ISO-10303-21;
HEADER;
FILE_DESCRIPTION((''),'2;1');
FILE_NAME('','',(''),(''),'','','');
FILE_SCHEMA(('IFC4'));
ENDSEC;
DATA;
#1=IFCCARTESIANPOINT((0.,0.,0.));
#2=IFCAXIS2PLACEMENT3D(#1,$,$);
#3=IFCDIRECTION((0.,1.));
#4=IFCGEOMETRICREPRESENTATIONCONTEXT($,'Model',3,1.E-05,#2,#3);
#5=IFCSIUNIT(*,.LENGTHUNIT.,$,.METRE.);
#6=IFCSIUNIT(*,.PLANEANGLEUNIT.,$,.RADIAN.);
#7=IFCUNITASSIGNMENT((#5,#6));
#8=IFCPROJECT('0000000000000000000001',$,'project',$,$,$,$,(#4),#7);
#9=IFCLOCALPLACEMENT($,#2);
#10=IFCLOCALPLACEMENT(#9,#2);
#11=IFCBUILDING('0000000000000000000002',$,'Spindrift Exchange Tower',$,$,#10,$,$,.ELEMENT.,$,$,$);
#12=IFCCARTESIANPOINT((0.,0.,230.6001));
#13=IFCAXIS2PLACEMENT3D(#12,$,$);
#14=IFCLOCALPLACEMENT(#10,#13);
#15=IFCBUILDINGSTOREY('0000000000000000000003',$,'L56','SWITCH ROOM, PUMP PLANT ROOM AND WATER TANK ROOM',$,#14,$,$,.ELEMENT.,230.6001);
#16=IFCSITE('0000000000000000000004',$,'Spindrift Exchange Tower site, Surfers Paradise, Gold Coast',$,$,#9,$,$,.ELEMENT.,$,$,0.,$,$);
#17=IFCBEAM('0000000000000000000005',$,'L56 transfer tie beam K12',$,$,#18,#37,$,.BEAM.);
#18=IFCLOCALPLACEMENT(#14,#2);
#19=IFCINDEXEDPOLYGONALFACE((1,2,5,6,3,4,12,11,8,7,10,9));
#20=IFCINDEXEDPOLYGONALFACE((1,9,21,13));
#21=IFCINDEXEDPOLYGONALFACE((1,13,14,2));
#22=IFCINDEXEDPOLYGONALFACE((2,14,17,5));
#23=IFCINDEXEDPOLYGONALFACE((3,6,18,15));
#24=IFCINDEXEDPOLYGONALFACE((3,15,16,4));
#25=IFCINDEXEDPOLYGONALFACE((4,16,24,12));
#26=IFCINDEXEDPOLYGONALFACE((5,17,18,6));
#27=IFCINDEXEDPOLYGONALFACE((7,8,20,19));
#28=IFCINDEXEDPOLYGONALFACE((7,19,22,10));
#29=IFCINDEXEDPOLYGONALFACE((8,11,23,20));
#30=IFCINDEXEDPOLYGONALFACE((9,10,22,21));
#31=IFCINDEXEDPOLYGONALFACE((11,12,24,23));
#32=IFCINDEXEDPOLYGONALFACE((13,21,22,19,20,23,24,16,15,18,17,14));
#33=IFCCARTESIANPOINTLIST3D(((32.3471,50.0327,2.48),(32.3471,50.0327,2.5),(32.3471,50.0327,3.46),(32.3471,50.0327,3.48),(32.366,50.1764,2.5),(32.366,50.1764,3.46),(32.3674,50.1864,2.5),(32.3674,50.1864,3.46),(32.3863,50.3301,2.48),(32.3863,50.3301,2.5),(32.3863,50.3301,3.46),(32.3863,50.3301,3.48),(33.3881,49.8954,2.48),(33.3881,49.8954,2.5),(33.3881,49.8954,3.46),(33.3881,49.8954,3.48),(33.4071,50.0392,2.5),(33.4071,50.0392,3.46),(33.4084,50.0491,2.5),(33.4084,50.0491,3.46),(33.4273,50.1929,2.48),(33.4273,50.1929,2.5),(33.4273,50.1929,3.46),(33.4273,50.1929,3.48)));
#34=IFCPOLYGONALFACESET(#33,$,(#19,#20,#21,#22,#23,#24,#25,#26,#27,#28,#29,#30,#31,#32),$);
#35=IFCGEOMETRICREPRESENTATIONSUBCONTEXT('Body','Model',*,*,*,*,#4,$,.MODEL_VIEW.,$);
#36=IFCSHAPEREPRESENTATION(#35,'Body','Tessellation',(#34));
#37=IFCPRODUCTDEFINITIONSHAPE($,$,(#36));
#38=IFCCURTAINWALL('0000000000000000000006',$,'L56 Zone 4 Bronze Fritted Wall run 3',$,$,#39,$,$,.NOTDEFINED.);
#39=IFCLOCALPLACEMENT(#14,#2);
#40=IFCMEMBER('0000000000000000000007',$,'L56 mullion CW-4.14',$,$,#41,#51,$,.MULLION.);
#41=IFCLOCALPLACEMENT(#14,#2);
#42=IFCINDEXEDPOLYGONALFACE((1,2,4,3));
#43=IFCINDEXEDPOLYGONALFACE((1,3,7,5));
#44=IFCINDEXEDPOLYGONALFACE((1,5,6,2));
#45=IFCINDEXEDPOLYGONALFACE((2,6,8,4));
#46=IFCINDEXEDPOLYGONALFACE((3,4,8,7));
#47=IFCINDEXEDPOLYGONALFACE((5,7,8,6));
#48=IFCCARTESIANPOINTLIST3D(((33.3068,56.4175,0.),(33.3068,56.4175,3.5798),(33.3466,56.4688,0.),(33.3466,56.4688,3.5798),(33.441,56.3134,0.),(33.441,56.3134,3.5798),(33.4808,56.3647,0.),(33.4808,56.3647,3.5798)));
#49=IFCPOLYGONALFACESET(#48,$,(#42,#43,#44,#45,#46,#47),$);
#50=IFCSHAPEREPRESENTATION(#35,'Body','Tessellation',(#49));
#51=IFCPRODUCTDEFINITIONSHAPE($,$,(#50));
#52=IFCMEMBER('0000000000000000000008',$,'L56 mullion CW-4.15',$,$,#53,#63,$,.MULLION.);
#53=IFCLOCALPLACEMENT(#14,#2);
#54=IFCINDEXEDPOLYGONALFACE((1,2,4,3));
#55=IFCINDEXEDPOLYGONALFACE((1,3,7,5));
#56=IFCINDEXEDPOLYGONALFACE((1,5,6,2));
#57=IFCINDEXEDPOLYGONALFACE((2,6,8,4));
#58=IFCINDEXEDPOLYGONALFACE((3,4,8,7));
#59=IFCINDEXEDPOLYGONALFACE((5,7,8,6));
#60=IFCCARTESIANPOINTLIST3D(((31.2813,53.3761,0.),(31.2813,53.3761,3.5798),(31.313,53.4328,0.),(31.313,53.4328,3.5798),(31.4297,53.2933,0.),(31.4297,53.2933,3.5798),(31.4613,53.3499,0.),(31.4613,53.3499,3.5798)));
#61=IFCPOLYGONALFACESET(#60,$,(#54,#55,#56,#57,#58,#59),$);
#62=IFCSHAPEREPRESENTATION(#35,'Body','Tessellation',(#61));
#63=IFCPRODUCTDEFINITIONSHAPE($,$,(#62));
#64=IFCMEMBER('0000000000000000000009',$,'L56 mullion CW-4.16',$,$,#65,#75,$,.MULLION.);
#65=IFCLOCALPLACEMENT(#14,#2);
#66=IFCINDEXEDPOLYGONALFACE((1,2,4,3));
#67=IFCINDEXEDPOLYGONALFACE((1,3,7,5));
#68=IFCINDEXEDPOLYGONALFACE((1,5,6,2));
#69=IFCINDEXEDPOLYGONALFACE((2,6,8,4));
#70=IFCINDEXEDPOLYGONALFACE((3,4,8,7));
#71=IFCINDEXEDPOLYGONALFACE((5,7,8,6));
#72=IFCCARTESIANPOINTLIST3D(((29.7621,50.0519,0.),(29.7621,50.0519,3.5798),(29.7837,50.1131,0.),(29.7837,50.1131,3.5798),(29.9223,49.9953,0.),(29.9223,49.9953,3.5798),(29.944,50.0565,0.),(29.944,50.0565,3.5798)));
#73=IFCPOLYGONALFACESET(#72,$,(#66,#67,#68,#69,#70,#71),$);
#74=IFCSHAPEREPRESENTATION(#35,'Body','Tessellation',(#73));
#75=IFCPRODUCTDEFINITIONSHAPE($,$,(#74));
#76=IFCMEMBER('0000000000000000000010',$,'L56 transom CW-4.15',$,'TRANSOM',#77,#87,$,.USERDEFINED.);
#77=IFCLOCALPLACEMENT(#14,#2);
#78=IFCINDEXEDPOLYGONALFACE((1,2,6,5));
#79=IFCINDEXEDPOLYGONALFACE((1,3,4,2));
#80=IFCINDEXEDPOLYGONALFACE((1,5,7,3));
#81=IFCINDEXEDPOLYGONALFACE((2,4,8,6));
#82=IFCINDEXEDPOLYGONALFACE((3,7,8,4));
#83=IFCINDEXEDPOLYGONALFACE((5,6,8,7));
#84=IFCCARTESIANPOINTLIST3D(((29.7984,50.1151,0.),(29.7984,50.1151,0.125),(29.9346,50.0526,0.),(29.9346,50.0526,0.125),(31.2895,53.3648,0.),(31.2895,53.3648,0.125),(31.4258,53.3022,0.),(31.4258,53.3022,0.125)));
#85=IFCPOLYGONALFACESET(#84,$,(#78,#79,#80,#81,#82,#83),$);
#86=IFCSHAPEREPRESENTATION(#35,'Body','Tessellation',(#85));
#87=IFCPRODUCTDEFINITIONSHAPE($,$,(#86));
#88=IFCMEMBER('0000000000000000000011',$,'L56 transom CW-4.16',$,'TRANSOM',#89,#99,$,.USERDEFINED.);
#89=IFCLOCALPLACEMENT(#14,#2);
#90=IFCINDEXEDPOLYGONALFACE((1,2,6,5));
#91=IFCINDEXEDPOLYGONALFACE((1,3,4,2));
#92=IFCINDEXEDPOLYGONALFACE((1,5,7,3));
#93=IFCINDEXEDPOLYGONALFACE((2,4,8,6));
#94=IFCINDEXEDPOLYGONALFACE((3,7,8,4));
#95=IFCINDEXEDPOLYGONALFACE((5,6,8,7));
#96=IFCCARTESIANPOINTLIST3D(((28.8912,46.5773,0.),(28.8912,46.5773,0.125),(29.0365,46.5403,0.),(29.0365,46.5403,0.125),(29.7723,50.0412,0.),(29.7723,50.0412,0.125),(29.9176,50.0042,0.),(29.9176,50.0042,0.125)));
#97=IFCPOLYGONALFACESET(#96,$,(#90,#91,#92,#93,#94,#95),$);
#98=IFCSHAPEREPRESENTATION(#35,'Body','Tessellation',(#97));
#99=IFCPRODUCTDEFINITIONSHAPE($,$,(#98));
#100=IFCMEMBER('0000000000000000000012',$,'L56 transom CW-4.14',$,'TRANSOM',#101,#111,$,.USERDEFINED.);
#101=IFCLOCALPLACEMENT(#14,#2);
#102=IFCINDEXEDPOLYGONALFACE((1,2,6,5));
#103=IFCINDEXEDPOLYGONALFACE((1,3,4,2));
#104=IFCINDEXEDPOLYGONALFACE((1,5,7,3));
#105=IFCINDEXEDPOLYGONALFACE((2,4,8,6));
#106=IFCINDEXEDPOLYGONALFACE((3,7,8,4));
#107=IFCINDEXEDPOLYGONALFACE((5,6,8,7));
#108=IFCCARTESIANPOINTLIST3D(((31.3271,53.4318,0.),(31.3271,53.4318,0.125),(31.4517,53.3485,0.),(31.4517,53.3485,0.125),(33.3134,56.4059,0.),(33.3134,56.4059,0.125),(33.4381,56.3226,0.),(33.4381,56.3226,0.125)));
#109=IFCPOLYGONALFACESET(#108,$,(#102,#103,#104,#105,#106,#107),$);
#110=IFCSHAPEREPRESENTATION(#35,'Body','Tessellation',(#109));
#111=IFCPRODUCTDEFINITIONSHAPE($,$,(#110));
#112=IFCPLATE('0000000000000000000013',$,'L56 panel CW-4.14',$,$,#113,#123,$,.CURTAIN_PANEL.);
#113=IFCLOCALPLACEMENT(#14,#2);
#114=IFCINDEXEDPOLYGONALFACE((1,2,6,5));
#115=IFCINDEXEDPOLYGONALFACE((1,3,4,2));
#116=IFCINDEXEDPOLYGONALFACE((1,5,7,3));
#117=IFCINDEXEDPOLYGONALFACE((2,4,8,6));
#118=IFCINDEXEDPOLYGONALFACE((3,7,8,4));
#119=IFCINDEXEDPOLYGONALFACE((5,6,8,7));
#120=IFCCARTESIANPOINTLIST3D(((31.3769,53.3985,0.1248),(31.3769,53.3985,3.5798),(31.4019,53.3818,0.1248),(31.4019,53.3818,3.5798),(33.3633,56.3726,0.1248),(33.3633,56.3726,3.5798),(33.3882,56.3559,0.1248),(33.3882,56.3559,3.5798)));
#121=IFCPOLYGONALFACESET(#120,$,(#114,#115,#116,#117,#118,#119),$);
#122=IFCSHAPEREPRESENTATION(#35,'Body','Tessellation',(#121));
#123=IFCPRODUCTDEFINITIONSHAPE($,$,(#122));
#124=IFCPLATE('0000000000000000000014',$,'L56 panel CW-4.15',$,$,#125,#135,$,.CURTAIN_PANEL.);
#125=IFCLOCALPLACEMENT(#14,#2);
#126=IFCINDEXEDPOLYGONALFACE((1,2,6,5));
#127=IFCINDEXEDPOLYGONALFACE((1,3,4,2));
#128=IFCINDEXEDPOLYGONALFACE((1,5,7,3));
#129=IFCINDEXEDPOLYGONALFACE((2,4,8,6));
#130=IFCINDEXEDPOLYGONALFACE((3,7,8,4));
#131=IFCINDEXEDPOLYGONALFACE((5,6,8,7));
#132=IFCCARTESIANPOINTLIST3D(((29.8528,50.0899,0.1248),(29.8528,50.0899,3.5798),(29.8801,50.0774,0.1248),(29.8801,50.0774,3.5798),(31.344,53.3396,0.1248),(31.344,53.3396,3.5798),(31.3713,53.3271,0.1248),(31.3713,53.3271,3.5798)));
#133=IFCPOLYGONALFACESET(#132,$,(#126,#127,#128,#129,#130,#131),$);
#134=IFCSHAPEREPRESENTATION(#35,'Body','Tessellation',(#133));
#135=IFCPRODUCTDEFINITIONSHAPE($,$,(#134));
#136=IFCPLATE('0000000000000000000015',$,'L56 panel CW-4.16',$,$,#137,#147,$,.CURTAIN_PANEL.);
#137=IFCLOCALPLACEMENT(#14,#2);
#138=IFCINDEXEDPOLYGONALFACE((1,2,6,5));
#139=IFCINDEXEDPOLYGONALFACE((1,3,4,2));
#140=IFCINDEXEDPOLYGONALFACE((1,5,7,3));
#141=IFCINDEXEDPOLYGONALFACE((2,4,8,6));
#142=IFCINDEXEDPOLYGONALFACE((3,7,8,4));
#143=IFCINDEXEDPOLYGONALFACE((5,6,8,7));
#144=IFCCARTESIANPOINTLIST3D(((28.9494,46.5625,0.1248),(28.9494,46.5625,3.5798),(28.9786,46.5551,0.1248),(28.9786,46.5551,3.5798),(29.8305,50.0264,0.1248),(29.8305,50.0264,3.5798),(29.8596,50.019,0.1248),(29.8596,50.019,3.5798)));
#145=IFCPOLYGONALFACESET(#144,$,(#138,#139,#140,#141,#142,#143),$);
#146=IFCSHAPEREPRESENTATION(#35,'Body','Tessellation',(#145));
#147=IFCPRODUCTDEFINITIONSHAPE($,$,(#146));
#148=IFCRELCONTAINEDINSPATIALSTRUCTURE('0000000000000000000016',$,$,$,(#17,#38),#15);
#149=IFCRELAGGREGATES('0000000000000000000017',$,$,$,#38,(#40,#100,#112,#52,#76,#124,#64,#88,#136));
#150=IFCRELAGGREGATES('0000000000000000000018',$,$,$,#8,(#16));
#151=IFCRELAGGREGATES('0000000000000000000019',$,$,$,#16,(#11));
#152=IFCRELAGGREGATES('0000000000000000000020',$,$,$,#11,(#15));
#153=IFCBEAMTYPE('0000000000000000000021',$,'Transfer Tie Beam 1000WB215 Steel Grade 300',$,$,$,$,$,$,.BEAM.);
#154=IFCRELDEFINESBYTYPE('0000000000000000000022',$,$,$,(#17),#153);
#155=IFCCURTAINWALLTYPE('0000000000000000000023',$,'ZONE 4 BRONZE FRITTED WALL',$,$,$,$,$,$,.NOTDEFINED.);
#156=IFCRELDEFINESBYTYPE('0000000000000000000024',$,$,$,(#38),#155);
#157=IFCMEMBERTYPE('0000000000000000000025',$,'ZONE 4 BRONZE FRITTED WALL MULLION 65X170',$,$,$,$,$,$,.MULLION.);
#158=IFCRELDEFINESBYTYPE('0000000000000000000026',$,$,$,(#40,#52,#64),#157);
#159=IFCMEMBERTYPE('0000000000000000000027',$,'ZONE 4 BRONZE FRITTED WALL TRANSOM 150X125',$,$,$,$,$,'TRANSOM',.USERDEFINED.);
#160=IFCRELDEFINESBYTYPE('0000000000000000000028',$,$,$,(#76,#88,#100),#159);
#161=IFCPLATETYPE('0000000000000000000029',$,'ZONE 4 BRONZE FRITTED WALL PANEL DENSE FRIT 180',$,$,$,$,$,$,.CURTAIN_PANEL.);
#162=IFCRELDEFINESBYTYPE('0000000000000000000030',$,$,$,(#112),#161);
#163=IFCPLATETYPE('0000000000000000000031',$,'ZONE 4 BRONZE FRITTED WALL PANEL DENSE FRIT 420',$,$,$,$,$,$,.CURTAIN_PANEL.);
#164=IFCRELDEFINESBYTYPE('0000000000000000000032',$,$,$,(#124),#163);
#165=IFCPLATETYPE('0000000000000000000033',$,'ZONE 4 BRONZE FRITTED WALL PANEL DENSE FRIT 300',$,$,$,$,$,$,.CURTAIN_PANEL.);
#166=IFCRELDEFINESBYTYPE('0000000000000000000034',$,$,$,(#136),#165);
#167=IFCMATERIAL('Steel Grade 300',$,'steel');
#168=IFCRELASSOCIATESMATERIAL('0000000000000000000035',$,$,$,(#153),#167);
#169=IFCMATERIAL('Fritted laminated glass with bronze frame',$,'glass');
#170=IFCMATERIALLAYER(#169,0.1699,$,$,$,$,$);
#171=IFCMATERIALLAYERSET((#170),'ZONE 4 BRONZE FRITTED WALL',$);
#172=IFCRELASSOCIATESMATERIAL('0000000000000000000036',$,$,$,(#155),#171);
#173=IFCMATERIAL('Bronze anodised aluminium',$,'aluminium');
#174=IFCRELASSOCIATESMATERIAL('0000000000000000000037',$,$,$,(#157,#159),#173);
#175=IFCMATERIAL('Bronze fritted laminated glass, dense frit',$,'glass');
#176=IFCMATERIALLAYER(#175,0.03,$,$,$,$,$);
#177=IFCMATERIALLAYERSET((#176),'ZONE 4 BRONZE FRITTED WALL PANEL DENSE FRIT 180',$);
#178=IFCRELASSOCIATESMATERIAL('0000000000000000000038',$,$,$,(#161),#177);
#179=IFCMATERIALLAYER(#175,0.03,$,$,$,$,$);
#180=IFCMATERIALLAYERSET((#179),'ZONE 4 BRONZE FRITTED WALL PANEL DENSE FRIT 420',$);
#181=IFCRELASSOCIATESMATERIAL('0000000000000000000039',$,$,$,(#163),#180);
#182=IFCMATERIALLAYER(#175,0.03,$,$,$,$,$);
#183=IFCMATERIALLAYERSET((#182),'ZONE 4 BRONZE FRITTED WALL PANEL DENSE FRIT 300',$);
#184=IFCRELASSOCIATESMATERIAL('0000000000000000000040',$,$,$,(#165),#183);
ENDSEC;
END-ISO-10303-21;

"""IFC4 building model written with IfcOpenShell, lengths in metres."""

from ifc_helpers import new_model, si_unit, direction, frame, origin, origin_2d, place, context, subcontext, project, spatial, rectangle, i_section, extrude, source, transform, mapped, material, layer, layer_set, material_profile, profile_set, type_object, element, aggregate, save


model = new_model("IFC4")

# Units and contexts
model_context = context("Model", 3, precision=1e-05, world=origin(), true_north=direction((0.0, 1.0)))
body_context = subcontext(model_context, "Body", "Model", "MODEL_VIEW")
ifc_project = project(units=[si_unit("LENGTHUNIT", "METRE"), si_unit("PLANEANGLEUNIT", "RADIAN")], contexts=[model_context])

# Site, building, storey
site_placement = place(None, origin())
site = spatial("IfcSite", under=ifc_project, at=site_placement, Name="Spindrift Exchange Tower site, Surfers Paradise, Gold Coast", CompositionType="ELEMENT", RefElevation=0.0)
building_placement = place(site_placement, origin())
building = spatial("IfcBuilding", under=site, at=building_placement, Name="Spindrift Exchange Tower", CompositionType="ELEMENT")
storey_placement = place(building_placement, frame((0.0, 0.0, 230.6001)))
storey = spatial("IfcBuildingStorey", under=building, at=storey_placement, Name="L56", Description="SWITCH ROOM, PUMP PLANT ROOM AND WATER TANK ROOM", CompositionType="ELEMENT", Elevation=230.6001)

# Shared definitions
ifc_material_1 = material(Name="Steel Grade 300", Category="steel")

# Beam
ifc_material_profile_1 = material_profile(ifc_material_1, i_section(OverallWidth=0.3, OverallDepth=1.0, WebThickness=0.01, FlangeThickness=0.02, at=origin_2d()), Name="1000WB215")
ifc_profile_set_1 = profile_set([ifc_material_profile_1], Name="Steel Grade 300")
beam_type_1 = type_object("IfcBeamType", Name="Transfer Tie Beam 1000WB215 Steel Grade 300", PredefinedType="BEAM", material=ifc_profile_set_1)
shared_shape_1 = source(origin(), body_context, "Body", "SweptSolid", [
    extrude(i_section(OverallWidth=0.3, OverallDepth=1.0, WebThickness=0.01, FlangeThickness=0.02, at=origin_2d()), origin(), (0.0, 0.0, 1.0), 1.05),
])
beam_1_placement = place(storey_placement, frame((32.3667, 50.1814, 2.98), z_axis=(0.991426, -0.130671, 0.0), x_axis=(0.130671, 0.991426, 0.0)))
element("IfcBeam", 1, at=beam_1_placement, inside=storey, type_object=beam_type_1, Name="L56 transfer tie beam K12", PredefinedType="BEAM", context=body_context, shape_type="MappedRepresentation", body=[
    mapped(shared_shape_1, transform((0.0, 0.0, 0.0), scale=1.0)),
])

# Curtain wall, members, plates
ifc_material_2 = material(Name="Fritted laminated glass with bronze frame", Category="glass")
ifc_layer_1 = layer(ifc_material_2, 0.1699)
ifc_layer_set_1 = layer_set([ifc_layer_1], Name="ZONE 4 BRONZE FRITTED WALL")
curtain_wall_type = type_object("IfcCurtainWallType", Name="ZONE 4 BRONZE FRITTED WALL", PredefinedType="NOTDEFINED", material=ifc_layer_set_1)
curtain_wall_placement = place(storey_placement, origin())
curtain_wall = element("IfcCurtainWall", 2, at=curtain_wall_placement, inside=storey, type_object=curtain_wall_type, Name="L56 Zone 4 Bronze Fritted Wall run 3", PredefinedType="NOTDEFINED")
ifc_material_3 = material(Name="Bronze anodised aluminium", Category="aluminium")
ifc_material_profile_2 = material_profile(ifc_material_3, rectangle(XDim=0.0649, YDim=0.1699, at=origin_2d()), Name="ZONE 4 BRONZE FRITTED WALL MULLION 65X170")
ifc_profile_set_2 = profile_set([ifc_material_profile_2], Name="Bronze anodised aluminium")
member_type_1 = type_object("IfcMemberType", Name="ZONE 4 BRONZE FRITTED WALL MULLION 65X170", PredefinedType="MULLION", material=ifc_profile_set_2)
shared_shape_2 = source(origin(), body_context, "Body", "SweptSolid", [
    extrude(rectangle(XDim=0.0649, YDim=0.1699, at=origin_2d()), origin(), (0.0, 0.0, 1.0), 3.5798),
])
member_1_placement = place(storey_placement, frame((33.3938, 56.3911, 0.0), z_axis=(0.0, 0.0, 1.0), x_axis=(-0.612785, -0.79025, 0.0)))
member_1 = element("IfcMember", 3, at=member_1_placement, type_object=member_type_1, Name="L56 mullion CW-4.14", PredefinedType="MULLION", context=body_context, shape_type="MappedRepresentation", body=[
    mapped(shared_shape_2, transform((0.0, 0.0, 0.0), scale=1.0)),
])
member_2_placement = place(storey_placement, frame((31.3713, 53.363, 0.0), z_axis=(0.0, 0.0, 1.0), x_axis=(-0.487763, -0.872976, 0.0)))
member_2 = element("IfcMember", 4, at=member_2_placement, type_object=member_type_1, Name="L56 mullion CW-4.15", PredefinedType="MULLION", context=body_context, shape_type="MappedRepresentation", body=[
    mapped(shared_shape_2, transform((0.0, 0.0, 0.0), scale=1.0)),
])
member_3_placement = place(storey_placement, frame((29.853, 50.0542, 0.0), z_axis=(0.0, 0.0, 1.0), x_axis=(-0.333148, -0.942875, 0.0)))
member_3 = element("IfcMember", 5, at=member_3_placement, type_object=member_type_1, Name="L56 mullion CW-4.16", PredefinedType="MULLION", context=body_context, shape_type="MappedRepresentation", body=[
    mapped(shared_shape_2, transform((0.0, 0.0, 0.0), scale=1.0)),
])
ifc_material_profile_3 = material_profile(ifc_material_3, rectangle(XDim=0.1499, YDim=0.125, at=origin_2d()), Name="ZONE 4 BRONZE FRITTED WALL TRANSOM 150X125")
ifc_profile_set_3 = profile_set([ifc_material_profile_3], Name="Bronze anodised aluminium")
member_type_2 = type_object("IfcMemberType", Name="ZONE 4 BRONZE FRITTED WALL TRANSOM 150X125", ElementType="TRANSOM", PredefinedType="USERDEFINED", material=ifc_profile_set_3)
shared_shape_3 = source(origin(), body_context, "Body", "SweptSolid", [
    extrude(rectangle(XDim=0.1499, YDim=0.125, at=origin_2d()), origin(), (0.0, 0.0, 1.0), 3.5754),
])
member_4_placement = place(storey_placement, frame((31.3577, 53.3335, 0.0625), z_axis=(-0.417057, -0.90888, 0.0), x_axis=(0.90888, -0.417057, 0.0)))
member_4 = element("IfcMember", 6, at=member_4_placement, type_object=member_type_2, Name="L56 transom CW-4.15", ObjectType="TRANSOM", PredefinedType="USERDEFINED", context=body_context, shape_type="MappedRepresentation", body=[
    mapped(shared_shape_3, transform((0.0, 0.0, 0.0), scale=1.0)),
])
shared_shape_4 = source(origin(), body_context, "Body", "SweptSolid", [
    extrude(rectangle(XDim=0.1499, YDim=0.125, at=origin_2d()), origin(), (0.0, 0.0, 1.0), 3.5742),
])
member_5_placement = place(storey_placement, frame((29.845, 50.0227, 0.0625), z_axis=(-0.246519, -0.969138, 0.0), x_axis=(0.969138, -0.246519, 0.0)))
member_5 = element("IfcMember", 7, at=member_5_placement, type_object=member_type_2, Name="L56 transom CW-4.16", ObjectType="TRANSOM", PredefinedType="USERDEFINED", context=body_context, shape_type="MappedRepresentation", body=[
    mapped(shared_shape_4, transform((0.0, 0.0, 0.0), scale=1.0)),
])
shared_shape_5 = source(origin(), body_context, "Body", "SweptSolid", [
    extrude(rectangle(XDim=0.1499, YDim=0.125, at=origin_2d()), origin(), (0.0, 0.0, 1.0), 3.5764),
])
member_6_placement = place(storey_placement, frame((33.3757, 56.3643, 0.0625), z_axis=(-0.555393, -0.831588, 0.0), x_axis=(0.831588, -0.555393, 0.0)))
member_6 = element("IfcMember", 8, at=member_6_placement, type_object=member_type_2, Name="L56 transom CW-4.14", ObjectType="TRANSOM", PredefinedType="USERDEFINED", context=body_context, shape_type="MappedRepresentation", body=[
    mapped(shared_shape_5, transform((0.0, 0.0, 0.0), scale=1.0)),
])
ifc_material_4 = material(Name="Bronze fritted laminated glass, dense frit", Category="glass")
ifc_layer_2 = layer(ifc_material_4, 0.03)
ifc_layer_set_2 = layer_set([ifc_layer_2], Name="ZONE 4 BRONZE FRITTED WALL PANEL DENSE FRIT 180")
plate_type_1 = type_object("IfcPlateType", Name="ZONE 4 BRONZE FRITTED WALL PANEL DENSE FRIT 180", PredefinedType="CURTAIN_PANEL", material=ifc_layer_set_2)
shared_shape_6 = source(origin(), body_context, "Body", "SweptSolid", [
    extrude(rectangle(XDim=3.5764, YDim=0.03, at=origin_2d()), origin(), (0.0, 0.0, 1.0), 3.4551),
])
plate_1_placement = place(storey_placement, frame((32.3826, 54.8772, 0.1248), z_axis=(0.0, 0.0, 1.0), x_axis=(-0.555403, -0.831581, 0.0)))
plate_1 = element("IfcPlate", 9, at=plate_1_placement, type_object=plate_type_1, Name="L56 panel CW-4.14", PredefinedType="CURTAIN_PANEL", context=body_context, shape_type="MappedRepresentation", body=[
    mapped(shared_shape_6, transform((0.0, 0.0, 0.0), scale=1.0)),
])
ifc_layer_3 = layer(ifc_material_4, 0.03)
ifc_layer_set_3 = layer_set([ifc_layer_3], Name="ZONE 4 BRONZE FRITTED WALL PANEL DENSE FRIT 420")
plate_type_2 = type_object("IfcPlateType", Name="ZONE 4 BRONZE FRITTED WALL PANEL DENSE FRIT 420", PredefinedType="CURTAIN_PANEL", material=ifc_layer_set_3)
shared_shape_7 = source(origin(), body_context, "Body", "SweptSolid", [
    extrude(rectangle(XDim=3.5754, YDim=0.03, at=origin_2d()), origin(), (0.0, 0.0, 1.0), 3.4551),
])
plate_2_placement = place(storey_placement, frame((30.6121, 51.7085, 0.1248), z_axis=(0.0, 0.0, 1.0), x_axis=(-0.417055, -0.908881, 0.0)))
plate_2 = element("IfcPlate", 10, at=plate_2_placement, type_object=plate_type_2, Name="L56 panel CW-4.15", PredefinedType="CURTAIN_PANEL", context=body_context, shape_type="MappedRepresentation", body=[
    mapped(shared_shape_7, transform((0.0, 0.0, 0.0), scale=1.0)),
])
ifc_layer_4 = layer(ifc_material_4, 0.03)
ifc_layer_set_4 = layer_set([ifc_layer_4], Name="ZONE 4 BRONZE FRITTED WALL PANEL DENSE FRIT 300")
plate_type_3 = type_object("IfcPlateType", Name="ZONE 4 BRONZE FRITTED WALL PANEL DENSE FRIT 300", PredefinedType="CURTAIN_PANEL", material=ifc_layer_set_4)
shared_shape_8 = source(origin(), body_context, "Body", "SweptSolid", [
    extrude(rectangle(XDim=3.5742, YDim=0.03, at=origin_2d()), origin(), (0.0, 0.0, 1.0), 3.4551),
])
plate_3_placement = place(storey_placement, frame((29.4045, 48.2908, 0.1248), z_axis=(0.0, 0.0, 1.0), x_axis=(-0.24651, -0.96914, 0.0)))
plate_3 = element("IfcPlate", 11, at=plate_3_placement, type_object=plate_type_3, Name="L56 panel CW-4.16", PredefinedType="CURTAIN_PANEL", context=body_context, shape_type="MappedRepresentation", body=[
    mapped(shared_shape_8, transform((0.0, 0.0, 0.0), scale=1.0)),
])
aggregate(curtain_wall, [member_1, member_6, plate_1, member_2, member_4, plate_2, member_3, member_5, plate_3])

save(model, "model.ifc")
